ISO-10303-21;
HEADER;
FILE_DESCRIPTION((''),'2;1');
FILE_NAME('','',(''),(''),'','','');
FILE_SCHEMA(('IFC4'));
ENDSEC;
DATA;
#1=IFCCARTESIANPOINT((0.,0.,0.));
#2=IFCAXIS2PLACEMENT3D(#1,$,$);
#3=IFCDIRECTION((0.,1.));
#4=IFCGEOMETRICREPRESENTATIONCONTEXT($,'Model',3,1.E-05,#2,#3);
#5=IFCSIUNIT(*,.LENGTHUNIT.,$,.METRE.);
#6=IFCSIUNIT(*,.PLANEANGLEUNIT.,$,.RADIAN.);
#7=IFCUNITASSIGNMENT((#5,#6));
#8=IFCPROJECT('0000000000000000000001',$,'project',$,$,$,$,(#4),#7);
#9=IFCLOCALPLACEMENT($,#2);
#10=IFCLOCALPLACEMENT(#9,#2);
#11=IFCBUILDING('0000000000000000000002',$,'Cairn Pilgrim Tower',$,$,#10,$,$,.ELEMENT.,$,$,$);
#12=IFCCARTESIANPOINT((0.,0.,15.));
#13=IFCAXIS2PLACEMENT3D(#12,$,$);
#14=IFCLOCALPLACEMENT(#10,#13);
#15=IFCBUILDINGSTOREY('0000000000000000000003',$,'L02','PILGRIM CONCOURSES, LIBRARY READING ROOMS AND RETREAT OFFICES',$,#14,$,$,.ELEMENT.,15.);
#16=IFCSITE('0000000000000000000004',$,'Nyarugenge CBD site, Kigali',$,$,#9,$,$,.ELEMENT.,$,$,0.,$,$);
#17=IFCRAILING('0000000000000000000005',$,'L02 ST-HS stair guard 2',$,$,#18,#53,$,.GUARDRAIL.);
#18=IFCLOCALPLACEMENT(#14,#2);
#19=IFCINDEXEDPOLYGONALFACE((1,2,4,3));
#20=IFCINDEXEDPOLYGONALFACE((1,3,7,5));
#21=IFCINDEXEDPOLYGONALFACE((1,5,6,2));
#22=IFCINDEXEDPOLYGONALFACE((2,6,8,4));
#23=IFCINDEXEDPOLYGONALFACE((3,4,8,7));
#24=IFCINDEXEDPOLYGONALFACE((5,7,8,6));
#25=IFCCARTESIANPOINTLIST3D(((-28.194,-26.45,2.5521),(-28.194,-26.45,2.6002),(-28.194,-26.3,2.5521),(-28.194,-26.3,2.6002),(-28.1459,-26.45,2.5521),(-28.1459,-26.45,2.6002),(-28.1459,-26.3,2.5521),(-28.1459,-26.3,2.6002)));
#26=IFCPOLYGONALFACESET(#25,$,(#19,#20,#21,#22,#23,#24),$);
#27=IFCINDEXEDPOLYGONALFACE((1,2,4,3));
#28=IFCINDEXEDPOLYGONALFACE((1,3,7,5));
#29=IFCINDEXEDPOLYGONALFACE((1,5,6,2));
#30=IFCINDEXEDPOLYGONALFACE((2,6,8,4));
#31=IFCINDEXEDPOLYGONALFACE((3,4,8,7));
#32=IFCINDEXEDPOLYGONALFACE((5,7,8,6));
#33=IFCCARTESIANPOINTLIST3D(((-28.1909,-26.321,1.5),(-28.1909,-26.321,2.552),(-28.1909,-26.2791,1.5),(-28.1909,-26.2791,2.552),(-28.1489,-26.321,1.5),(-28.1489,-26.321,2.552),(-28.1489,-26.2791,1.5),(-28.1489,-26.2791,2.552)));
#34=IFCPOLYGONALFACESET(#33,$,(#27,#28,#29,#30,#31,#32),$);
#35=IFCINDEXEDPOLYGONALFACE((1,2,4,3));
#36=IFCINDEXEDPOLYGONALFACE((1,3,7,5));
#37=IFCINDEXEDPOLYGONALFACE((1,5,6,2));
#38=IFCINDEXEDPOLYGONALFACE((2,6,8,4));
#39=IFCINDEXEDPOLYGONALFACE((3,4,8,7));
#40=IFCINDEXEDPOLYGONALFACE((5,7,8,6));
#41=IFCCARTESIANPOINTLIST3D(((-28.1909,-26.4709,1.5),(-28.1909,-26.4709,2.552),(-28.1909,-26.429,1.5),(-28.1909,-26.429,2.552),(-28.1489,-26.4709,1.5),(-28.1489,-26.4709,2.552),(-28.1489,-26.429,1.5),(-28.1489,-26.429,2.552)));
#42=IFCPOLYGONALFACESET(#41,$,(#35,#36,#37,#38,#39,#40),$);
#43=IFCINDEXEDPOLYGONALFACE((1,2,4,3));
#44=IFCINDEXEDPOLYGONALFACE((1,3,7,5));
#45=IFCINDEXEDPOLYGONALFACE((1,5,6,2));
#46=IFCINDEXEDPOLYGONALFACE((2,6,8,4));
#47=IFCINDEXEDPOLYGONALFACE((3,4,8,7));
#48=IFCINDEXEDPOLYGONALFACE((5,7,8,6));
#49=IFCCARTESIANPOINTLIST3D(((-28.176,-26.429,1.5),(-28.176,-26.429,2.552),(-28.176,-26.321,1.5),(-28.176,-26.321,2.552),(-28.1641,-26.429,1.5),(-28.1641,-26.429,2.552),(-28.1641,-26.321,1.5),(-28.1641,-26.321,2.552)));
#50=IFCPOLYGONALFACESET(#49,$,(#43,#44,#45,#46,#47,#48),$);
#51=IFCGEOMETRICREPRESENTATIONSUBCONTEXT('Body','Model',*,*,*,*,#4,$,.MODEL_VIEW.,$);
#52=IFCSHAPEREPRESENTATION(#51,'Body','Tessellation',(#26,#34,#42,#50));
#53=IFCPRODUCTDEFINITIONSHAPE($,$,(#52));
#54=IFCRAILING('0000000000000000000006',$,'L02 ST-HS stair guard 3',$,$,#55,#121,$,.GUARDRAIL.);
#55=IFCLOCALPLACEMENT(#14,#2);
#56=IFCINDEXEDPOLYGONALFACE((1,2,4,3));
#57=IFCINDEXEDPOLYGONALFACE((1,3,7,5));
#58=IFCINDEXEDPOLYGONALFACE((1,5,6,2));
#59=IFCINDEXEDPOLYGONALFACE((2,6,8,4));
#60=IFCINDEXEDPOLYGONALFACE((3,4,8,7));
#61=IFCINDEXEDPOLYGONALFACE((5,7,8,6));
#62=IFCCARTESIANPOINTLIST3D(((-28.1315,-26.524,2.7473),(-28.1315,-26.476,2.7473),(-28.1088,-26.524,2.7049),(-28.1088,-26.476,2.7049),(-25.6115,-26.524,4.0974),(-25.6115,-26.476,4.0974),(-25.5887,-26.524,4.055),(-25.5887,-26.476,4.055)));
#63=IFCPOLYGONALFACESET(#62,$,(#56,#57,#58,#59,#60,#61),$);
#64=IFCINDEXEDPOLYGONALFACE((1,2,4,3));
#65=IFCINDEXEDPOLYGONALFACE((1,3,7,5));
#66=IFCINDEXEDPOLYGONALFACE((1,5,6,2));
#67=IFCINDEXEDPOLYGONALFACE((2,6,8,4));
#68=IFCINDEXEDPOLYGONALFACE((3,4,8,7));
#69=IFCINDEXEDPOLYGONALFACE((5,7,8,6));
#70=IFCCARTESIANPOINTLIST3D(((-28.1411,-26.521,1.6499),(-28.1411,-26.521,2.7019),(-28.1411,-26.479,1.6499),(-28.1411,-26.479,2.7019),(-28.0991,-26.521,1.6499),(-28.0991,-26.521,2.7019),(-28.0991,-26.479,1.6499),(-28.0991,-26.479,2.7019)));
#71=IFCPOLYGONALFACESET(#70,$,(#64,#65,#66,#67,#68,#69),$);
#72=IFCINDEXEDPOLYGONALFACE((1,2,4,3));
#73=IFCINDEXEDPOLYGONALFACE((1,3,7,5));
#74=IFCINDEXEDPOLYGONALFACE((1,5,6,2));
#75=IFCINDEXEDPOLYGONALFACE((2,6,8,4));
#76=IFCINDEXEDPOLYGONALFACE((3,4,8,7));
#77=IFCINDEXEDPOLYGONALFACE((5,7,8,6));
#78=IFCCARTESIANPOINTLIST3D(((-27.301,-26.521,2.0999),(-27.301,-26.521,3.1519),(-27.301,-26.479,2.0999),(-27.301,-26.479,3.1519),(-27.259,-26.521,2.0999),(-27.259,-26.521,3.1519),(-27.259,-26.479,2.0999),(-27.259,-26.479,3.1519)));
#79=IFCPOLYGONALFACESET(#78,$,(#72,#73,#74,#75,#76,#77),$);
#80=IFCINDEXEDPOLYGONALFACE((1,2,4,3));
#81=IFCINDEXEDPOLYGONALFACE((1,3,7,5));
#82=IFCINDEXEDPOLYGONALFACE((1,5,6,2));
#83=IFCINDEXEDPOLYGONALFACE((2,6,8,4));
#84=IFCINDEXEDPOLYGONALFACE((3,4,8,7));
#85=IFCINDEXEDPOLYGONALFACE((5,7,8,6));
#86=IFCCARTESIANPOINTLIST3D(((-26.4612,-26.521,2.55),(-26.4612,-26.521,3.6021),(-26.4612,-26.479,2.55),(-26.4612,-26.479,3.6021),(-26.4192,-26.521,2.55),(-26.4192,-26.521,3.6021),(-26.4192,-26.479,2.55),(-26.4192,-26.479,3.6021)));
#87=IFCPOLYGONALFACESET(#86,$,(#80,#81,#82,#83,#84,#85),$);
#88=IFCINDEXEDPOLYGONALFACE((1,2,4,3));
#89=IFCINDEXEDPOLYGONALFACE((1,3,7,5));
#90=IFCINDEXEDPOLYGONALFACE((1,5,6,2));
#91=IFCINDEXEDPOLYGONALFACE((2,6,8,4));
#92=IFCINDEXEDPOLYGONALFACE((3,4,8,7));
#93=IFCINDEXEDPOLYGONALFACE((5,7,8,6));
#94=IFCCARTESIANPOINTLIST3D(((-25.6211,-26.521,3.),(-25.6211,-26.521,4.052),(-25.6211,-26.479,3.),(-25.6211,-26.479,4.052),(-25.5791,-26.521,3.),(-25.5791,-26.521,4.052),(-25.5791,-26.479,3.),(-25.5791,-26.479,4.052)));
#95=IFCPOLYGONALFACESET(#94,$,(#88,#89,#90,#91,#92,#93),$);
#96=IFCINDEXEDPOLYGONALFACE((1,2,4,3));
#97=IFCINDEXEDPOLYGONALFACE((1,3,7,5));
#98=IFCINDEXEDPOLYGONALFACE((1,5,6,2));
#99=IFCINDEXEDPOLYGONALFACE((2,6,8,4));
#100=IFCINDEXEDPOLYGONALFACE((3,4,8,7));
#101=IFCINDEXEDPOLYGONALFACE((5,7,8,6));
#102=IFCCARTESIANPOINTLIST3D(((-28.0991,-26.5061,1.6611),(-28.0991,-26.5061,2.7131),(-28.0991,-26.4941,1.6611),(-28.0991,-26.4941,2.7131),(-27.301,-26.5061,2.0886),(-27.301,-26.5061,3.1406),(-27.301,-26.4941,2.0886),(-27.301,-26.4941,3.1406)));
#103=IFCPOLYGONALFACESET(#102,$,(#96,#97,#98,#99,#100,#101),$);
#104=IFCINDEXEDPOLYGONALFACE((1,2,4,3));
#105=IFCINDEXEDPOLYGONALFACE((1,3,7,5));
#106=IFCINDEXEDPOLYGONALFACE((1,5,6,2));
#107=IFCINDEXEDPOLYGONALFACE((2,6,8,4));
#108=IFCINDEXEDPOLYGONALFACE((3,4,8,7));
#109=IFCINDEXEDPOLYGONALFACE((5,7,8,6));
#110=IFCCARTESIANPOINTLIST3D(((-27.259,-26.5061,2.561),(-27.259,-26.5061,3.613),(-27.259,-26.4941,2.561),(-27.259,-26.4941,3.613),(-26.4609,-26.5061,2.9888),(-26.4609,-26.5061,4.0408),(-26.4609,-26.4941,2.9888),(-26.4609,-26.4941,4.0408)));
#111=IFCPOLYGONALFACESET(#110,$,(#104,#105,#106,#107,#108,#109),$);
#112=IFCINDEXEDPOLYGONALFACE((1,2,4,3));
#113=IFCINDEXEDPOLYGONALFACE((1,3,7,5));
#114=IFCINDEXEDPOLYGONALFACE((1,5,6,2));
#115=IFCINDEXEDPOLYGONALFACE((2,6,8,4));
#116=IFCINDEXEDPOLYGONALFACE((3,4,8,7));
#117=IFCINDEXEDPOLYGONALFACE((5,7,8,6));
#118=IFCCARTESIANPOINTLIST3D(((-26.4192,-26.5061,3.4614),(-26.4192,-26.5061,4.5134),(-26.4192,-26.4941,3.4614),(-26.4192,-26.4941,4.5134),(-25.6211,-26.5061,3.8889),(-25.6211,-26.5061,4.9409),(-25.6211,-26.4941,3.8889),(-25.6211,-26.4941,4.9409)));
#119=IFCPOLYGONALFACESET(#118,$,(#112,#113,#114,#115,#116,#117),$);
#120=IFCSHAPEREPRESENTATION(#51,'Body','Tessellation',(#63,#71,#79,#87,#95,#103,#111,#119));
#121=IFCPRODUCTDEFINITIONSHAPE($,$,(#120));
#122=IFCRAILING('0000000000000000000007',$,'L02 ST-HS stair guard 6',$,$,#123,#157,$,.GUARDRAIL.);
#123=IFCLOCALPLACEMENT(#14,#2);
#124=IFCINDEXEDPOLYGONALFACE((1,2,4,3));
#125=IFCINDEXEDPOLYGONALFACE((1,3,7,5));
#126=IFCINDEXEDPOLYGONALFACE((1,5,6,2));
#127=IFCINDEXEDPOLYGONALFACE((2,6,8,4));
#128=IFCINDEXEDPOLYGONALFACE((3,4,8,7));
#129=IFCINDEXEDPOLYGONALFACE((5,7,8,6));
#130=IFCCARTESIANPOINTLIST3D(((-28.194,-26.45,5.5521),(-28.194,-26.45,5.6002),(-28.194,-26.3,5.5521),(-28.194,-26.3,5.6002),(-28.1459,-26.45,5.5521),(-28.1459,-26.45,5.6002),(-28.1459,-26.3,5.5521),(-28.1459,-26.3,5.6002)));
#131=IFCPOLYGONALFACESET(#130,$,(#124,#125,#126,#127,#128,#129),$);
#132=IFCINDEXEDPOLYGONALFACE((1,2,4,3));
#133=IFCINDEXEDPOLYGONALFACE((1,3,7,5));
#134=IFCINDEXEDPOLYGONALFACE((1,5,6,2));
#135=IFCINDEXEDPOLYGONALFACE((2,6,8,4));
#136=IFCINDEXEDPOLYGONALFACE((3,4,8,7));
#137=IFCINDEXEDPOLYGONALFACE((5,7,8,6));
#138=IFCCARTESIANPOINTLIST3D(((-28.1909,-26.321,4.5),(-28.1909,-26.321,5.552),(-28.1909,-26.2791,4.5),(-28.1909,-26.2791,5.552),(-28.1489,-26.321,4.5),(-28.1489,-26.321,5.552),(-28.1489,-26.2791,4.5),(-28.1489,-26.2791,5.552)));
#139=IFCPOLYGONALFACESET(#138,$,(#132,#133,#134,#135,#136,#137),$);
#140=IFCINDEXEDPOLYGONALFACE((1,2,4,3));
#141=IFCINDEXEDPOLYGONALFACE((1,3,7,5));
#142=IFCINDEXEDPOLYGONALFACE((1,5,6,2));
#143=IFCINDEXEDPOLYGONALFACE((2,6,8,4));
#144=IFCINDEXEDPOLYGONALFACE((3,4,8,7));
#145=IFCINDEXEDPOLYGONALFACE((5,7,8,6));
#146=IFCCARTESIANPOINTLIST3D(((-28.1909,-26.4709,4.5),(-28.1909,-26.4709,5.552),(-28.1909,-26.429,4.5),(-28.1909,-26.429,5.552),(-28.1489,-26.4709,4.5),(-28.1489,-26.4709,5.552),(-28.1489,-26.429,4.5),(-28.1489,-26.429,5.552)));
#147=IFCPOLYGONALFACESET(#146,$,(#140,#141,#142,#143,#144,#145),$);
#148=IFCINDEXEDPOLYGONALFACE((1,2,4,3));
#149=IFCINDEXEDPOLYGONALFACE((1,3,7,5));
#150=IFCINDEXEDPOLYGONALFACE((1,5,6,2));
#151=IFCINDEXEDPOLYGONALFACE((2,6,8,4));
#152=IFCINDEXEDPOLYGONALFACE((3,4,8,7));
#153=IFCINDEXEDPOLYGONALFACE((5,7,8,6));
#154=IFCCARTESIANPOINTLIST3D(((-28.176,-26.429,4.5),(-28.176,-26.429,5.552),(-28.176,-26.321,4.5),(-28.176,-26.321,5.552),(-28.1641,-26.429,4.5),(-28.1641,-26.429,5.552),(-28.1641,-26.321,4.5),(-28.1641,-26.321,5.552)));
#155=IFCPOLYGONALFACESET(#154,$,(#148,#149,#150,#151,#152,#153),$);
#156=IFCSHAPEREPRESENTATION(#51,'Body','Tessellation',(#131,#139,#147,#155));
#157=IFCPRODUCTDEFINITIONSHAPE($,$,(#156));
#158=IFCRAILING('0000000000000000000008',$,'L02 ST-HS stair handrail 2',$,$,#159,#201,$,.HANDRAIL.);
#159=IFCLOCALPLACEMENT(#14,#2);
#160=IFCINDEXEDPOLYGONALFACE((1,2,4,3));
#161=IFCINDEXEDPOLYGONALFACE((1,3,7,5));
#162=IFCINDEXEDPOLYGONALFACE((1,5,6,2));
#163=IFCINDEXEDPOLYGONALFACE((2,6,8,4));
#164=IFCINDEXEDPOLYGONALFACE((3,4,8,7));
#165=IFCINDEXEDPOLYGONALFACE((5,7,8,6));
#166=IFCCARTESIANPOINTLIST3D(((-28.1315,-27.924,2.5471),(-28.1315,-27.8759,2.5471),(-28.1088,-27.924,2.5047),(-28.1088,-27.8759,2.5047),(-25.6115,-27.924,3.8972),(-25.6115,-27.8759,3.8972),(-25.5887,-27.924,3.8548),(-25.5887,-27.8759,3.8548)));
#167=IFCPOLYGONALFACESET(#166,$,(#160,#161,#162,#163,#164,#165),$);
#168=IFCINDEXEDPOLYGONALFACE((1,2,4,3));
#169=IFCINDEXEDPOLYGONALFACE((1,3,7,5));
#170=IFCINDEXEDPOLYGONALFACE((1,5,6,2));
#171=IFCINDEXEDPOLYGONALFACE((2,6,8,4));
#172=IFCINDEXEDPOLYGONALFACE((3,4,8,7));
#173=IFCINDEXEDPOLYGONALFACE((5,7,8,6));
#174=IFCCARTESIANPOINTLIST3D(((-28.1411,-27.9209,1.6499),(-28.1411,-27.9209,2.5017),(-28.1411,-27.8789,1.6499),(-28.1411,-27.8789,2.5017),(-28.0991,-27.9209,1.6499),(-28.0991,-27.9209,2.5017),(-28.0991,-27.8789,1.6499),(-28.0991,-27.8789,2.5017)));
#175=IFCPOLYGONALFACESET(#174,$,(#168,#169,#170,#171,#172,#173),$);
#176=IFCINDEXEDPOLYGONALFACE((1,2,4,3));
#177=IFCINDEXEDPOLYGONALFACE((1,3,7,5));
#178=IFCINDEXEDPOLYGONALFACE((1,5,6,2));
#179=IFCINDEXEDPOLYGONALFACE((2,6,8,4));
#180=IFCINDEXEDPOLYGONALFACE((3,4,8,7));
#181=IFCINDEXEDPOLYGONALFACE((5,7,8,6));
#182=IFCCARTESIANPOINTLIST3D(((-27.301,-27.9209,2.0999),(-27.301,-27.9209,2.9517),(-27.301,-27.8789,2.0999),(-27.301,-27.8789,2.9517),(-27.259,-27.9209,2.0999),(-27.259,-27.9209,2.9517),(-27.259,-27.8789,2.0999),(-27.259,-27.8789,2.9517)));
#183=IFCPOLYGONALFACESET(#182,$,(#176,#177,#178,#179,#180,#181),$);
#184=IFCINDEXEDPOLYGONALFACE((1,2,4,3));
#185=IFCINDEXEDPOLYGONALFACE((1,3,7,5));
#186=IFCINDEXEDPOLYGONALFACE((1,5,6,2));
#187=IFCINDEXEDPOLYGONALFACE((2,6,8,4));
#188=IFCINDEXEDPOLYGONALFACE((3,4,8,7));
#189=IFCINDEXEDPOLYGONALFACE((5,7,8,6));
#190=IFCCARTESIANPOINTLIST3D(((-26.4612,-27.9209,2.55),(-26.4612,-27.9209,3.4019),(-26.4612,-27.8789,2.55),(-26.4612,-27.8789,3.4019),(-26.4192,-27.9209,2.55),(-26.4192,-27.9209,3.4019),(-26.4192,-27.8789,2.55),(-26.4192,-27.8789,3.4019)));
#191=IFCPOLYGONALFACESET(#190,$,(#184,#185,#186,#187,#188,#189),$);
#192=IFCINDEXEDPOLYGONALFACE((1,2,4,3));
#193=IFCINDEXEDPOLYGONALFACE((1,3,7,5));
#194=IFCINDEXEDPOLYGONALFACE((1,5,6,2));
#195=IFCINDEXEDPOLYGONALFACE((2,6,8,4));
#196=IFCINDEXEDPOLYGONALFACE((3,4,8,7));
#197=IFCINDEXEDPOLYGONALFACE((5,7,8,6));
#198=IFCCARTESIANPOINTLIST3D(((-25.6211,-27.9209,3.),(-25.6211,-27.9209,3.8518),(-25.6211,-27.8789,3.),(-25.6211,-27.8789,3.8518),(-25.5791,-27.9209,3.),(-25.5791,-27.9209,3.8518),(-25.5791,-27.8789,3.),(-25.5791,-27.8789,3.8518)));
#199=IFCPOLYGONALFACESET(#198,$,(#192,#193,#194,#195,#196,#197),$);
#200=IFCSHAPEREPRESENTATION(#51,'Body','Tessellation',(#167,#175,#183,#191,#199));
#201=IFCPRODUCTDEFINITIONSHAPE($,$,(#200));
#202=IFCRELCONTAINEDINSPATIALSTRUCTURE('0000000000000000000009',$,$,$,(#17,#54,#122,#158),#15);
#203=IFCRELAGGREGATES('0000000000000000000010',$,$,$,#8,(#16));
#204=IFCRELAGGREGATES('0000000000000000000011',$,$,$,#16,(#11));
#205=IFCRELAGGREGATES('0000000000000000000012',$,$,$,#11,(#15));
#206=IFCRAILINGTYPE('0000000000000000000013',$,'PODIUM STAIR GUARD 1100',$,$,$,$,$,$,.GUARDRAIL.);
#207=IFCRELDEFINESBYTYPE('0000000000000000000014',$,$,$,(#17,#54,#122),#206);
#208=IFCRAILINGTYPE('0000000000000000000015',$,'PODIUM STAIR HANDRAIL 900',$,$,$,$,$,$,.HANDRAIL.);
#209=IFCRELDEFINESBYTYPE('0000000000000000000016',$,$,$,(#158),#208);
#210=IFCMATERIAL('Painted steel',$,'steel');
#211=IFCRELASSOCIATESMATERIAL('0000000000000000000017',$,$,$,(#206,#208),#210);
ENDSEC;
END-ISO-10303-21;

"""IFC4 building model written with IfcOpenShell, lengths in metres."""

from ifc_helpers import new_model, si_unit, direction, frame, origin, origin_2d, place, context, subcontext, project, spatial, polyline, rectangle, outline, extrude, material, type_object, element, save


model = new_model("IFC4")

# Units and contexts
model_context = context("Model", 3, precision=1e-05, world=origin(), true_north=direction((0.0, 1.0)))
body_context = subcontext(model_context, "Body", "Model", "MODEL_VIEW")
ifc_project = project(units=[si_unit("LENGTHUNIT", "METRE"), si_unit("PLANEANGLEUNIT", "RADIAN")], contexts=[model_context])

# Site, building, storey
site_placement = place(None, origin())
site = spatial("IfcSite", under=ifc_project, at=site_placement, Name="Nyarugenge CBD site, Kigali", CompositionType="ELEMENT", RefElevation=0.0)
building_placement = place(site_placement, origin())
building = spatial("IfcBuilding", under=site, at=building_placement, Name="Cairn Pilgrim Tower", CompositionType="ELEMENT")
storey_placement = place(building_placement, frame((0.0, 0.0, 15.0)))
storey = spatial("IfcBuildingStorey", under=building, at=storey_placement, Name="L02", Description="PILGRIM CONCOURSES, LIBRARY READING ROOMS AND RETREAT OFFICES", CompositionType="ELEMENT", Elevation=15.0)

# Railings
ifc_material_1 = material(Name="Painted steel", Category="steel")
railing_type_1 = type_object("IfcRailingType", Name="PODIUM STAIR GUARD 1100", PredefinedType="GUARDRAIL", material=ifc_material_1)
railing_1_placement = place(storey_placement, frame((-28.1699, -26.3, 1.5)))
element("IfcRailing", 1, at=railing_1_placement, inside=storey, type_object=railing_type_1, Name="L02 ST-HS stair guard 2", PredefinedType="GUARDRAIL", context=body_context, shape_type="SweptSolid", body=[
    extrude(rectangle(XDim=0.0481, YDim=0.0481, at=origin_2d()), frame((0.0, 0.0, 1.0762), z_axis=(0.0, -1.0, 0.0), x_axis=(1.0, 0.0, 0.0)), (0.0, 0.0, 1.0), 0.1499),
    extrude(rectangle(XDim=0.042, YDim=0.042, at=origin_2d()), origin(), (0.0, 0.0, 1.0), 1.052),
    extrude(rectangle(XDim=0.042, YDim=0.042, at=origin_2d()), frame((0.0, -0.1499, 0.0)), (0.0, 0.0, 1.0), 1.052),
    extrude(outline(polyline([(0.021, 0.0), (0.1289, 0.0), (0.1289, 1.052), (0.021, 1.052), (0.021, 0.0)])), frame((0.0059, 0.0, 0.0), z_axis=(-1.0, 0.0, 0.0), x_axis=(0.0, -1.0, 0.0)), (0.0, 0.0, 1.0), 0.012),
])
railing_2_placement = place(storey_placement, frame((-28.1201, -26.5, 1.6499)))
element("IfcRailing", 2, at=railing_2_placement, inside=storey, type_object=railing_type_1, Name="L02 ST-HS stair guard 3", PredefinedType="GUARDRAIL", context=body_context, shape_type="SweptSolid", body=[
    extrude(rectangle(XDim=0.0481, YDim=0.0481, at=origin_2d()), frame((0.0, 0.0, 1.0762), z_axis=(0.881467, 0.0, 0.472245), x_axis=(0.0, 1.0, 0.0)), (0.0, 0.0, 1.0), 2.8589),
    extrude(rectangle(XDim=0.042, YDim=0.042, at=origin_2d()), origin(), (0.0, 0.0, 1.0), 1.052),
    extrude(rectangle(XDim=0.042, YDim=0.042, at=origin_2d()), frame((0.8401, 0.0, 0.45)), (0.0, 0.0, 1.0), 1.052),
    extrude(rectangle(XDim=0.042, YDim=0.042, at=origin_2d()), frame((1.6799, 0.0, 0.9001)), (0.0, 0.0, 1.0), 1.052),
    extrude(rectangle(XDim=0.042, YDim=0.042, at=origin_2d()), frame((2.52, 0.0, 1.3501)), (0.0, 0.0, 1.0), 1.052),
    extrude(outline(polyline([(0.021, 0.0112), (0.8191, 0.4387), (0.8191, 1.4907), (0.021, 1.0632), (0.021, 0.0112)])), frame((0.0, 0.0059, 0.0), z_axis=(0.0, -1.0, 0.0), x_axis=(1.0, 0.0, 0.0)), (0.0, 0.0, 1.0), 0.012),
    extrude(outline(polyline([(0.021, 0.4612), (0.8191, 0.8889), (0.8191, 1.9409), (0.021, 1.5132), (0.021, 0.4612)])), frame((0.8401, 0.0059, 0.45), z_axis=(0.0, -1.0, 0.0), x_axis=(1.0, 0.0, 0.0)), (0.0, 0.0, 1.0), 0.012),
    extrude(outline(polyline([(0.021, 0.9114), (0.8191, 1.3389), (0.8191, 2.3909), (0.021, 1.9634), (0.021, 0.9114)])), frame((1.6799, 0.0059, 0.9001), z_axis=(0.0, -1.0, 0.0), x_axis=(1.0, 0.0, 0.0)), (0.0, 0.0, 1.0), 0.012),
])
railing_3_placement = place(storey_placement, frame((-28.1699, -26.3, 4.5)))
element("IfcRailing", 3, at=railing_3_placement, inside=storey, type_object=railing_type_1, Name="L02 ST-HS stair guard 6", PredefinedType="GUARDRAIL", context=body_context, shape_type="SweptSolid", body=[
    extrude(rectangle(XDim=0.0481, YDim=0.0481, at=origin_2d()), frame((0.0, 0.0, 1.0762), z_axis=(0.0, -1.0, 0.0), x_axis=(1.0, 0.0, 0.0)), (0.0, 0.0, 1.0), 0.1499),
    extrude(rectangle(XDim=0.042, YDim=0.042, at=origin_2d()), origin(), (0.0, 0.0, 1.0), 1.052),
    extrude(rectangle(XDim=0.042, YDim=0.042, at=origin_2d()), frame((0.0, -0.1499, 0.0)), (0.0, 0.0, 1.0), 1.052),
    extrude(outline(polyline([(0.021, 0.0), (0.1289, 0.0), (0.1289, 1.052), (0.021, 1.052), (0.021, 0.0)])), frame((0.0059, 0.0, 0.0), z_axis=(-1.0, 0.0, 0.0), x_axis=(0.0, -1.0, 0.0)), (0.0, 0.0, 1.0), 0.012),
])
railing_type_2 = type_object("IfcRailingType", Name="PODIUM STAIR HANDRAIL 900", PredefinedType="HANDRAIL", material=ifc_material_1)
for number, where, name in (
    (4, (-28.1201, -27.8999, 1.6499), "L02 ST-HS stair handrail 2"),
):
    element("IfcRailing", number, at=place(storey_placement, frame(where)), inside=storey, type_object=railing_type_2, Name=name, PredefinedType="HANDRAIL", context=body_context, shape_type="SweptSolid", body=[
        extrude(rectangle(XDim=0.0481, YDim=0.0481, at=origin_2d()), frame((0.0, 0.0, 0.876), z_axis=(0.881467, 0.0, 0.472245), x_axis=(0.0, 1.0, 0.0)), (0.0, 0.0, 1.0), 2.8589),
        extrude(rectangle(XDim=0.042, YDim=0.042, at=origin_2d()), origin(), (0.0, 0.0, 1.0), 0.8518),
        extrude(rectangle(XDim=0.042, YDim=0.042, at=origin_2d()), frame((0.8401, 0.0, 0.45)), (0.0, 0.0, 1.0), 0.8518),
        extrude(rectangle(XDim=0.042, YDim=0.042, at=origin_2d()), frame((1.6799, 0.0, 0.9001)), (0.0, 0.0, 1.0), 0.8518),
        extrude(rectangle(XDim=0.042, YDim=0.042, at=origin_2d()), frame((2.52, 0.0, 1.3501)), (0.0, 0.0, 1.0), 0.8518),
    ])

save(model, "model.ifc")
